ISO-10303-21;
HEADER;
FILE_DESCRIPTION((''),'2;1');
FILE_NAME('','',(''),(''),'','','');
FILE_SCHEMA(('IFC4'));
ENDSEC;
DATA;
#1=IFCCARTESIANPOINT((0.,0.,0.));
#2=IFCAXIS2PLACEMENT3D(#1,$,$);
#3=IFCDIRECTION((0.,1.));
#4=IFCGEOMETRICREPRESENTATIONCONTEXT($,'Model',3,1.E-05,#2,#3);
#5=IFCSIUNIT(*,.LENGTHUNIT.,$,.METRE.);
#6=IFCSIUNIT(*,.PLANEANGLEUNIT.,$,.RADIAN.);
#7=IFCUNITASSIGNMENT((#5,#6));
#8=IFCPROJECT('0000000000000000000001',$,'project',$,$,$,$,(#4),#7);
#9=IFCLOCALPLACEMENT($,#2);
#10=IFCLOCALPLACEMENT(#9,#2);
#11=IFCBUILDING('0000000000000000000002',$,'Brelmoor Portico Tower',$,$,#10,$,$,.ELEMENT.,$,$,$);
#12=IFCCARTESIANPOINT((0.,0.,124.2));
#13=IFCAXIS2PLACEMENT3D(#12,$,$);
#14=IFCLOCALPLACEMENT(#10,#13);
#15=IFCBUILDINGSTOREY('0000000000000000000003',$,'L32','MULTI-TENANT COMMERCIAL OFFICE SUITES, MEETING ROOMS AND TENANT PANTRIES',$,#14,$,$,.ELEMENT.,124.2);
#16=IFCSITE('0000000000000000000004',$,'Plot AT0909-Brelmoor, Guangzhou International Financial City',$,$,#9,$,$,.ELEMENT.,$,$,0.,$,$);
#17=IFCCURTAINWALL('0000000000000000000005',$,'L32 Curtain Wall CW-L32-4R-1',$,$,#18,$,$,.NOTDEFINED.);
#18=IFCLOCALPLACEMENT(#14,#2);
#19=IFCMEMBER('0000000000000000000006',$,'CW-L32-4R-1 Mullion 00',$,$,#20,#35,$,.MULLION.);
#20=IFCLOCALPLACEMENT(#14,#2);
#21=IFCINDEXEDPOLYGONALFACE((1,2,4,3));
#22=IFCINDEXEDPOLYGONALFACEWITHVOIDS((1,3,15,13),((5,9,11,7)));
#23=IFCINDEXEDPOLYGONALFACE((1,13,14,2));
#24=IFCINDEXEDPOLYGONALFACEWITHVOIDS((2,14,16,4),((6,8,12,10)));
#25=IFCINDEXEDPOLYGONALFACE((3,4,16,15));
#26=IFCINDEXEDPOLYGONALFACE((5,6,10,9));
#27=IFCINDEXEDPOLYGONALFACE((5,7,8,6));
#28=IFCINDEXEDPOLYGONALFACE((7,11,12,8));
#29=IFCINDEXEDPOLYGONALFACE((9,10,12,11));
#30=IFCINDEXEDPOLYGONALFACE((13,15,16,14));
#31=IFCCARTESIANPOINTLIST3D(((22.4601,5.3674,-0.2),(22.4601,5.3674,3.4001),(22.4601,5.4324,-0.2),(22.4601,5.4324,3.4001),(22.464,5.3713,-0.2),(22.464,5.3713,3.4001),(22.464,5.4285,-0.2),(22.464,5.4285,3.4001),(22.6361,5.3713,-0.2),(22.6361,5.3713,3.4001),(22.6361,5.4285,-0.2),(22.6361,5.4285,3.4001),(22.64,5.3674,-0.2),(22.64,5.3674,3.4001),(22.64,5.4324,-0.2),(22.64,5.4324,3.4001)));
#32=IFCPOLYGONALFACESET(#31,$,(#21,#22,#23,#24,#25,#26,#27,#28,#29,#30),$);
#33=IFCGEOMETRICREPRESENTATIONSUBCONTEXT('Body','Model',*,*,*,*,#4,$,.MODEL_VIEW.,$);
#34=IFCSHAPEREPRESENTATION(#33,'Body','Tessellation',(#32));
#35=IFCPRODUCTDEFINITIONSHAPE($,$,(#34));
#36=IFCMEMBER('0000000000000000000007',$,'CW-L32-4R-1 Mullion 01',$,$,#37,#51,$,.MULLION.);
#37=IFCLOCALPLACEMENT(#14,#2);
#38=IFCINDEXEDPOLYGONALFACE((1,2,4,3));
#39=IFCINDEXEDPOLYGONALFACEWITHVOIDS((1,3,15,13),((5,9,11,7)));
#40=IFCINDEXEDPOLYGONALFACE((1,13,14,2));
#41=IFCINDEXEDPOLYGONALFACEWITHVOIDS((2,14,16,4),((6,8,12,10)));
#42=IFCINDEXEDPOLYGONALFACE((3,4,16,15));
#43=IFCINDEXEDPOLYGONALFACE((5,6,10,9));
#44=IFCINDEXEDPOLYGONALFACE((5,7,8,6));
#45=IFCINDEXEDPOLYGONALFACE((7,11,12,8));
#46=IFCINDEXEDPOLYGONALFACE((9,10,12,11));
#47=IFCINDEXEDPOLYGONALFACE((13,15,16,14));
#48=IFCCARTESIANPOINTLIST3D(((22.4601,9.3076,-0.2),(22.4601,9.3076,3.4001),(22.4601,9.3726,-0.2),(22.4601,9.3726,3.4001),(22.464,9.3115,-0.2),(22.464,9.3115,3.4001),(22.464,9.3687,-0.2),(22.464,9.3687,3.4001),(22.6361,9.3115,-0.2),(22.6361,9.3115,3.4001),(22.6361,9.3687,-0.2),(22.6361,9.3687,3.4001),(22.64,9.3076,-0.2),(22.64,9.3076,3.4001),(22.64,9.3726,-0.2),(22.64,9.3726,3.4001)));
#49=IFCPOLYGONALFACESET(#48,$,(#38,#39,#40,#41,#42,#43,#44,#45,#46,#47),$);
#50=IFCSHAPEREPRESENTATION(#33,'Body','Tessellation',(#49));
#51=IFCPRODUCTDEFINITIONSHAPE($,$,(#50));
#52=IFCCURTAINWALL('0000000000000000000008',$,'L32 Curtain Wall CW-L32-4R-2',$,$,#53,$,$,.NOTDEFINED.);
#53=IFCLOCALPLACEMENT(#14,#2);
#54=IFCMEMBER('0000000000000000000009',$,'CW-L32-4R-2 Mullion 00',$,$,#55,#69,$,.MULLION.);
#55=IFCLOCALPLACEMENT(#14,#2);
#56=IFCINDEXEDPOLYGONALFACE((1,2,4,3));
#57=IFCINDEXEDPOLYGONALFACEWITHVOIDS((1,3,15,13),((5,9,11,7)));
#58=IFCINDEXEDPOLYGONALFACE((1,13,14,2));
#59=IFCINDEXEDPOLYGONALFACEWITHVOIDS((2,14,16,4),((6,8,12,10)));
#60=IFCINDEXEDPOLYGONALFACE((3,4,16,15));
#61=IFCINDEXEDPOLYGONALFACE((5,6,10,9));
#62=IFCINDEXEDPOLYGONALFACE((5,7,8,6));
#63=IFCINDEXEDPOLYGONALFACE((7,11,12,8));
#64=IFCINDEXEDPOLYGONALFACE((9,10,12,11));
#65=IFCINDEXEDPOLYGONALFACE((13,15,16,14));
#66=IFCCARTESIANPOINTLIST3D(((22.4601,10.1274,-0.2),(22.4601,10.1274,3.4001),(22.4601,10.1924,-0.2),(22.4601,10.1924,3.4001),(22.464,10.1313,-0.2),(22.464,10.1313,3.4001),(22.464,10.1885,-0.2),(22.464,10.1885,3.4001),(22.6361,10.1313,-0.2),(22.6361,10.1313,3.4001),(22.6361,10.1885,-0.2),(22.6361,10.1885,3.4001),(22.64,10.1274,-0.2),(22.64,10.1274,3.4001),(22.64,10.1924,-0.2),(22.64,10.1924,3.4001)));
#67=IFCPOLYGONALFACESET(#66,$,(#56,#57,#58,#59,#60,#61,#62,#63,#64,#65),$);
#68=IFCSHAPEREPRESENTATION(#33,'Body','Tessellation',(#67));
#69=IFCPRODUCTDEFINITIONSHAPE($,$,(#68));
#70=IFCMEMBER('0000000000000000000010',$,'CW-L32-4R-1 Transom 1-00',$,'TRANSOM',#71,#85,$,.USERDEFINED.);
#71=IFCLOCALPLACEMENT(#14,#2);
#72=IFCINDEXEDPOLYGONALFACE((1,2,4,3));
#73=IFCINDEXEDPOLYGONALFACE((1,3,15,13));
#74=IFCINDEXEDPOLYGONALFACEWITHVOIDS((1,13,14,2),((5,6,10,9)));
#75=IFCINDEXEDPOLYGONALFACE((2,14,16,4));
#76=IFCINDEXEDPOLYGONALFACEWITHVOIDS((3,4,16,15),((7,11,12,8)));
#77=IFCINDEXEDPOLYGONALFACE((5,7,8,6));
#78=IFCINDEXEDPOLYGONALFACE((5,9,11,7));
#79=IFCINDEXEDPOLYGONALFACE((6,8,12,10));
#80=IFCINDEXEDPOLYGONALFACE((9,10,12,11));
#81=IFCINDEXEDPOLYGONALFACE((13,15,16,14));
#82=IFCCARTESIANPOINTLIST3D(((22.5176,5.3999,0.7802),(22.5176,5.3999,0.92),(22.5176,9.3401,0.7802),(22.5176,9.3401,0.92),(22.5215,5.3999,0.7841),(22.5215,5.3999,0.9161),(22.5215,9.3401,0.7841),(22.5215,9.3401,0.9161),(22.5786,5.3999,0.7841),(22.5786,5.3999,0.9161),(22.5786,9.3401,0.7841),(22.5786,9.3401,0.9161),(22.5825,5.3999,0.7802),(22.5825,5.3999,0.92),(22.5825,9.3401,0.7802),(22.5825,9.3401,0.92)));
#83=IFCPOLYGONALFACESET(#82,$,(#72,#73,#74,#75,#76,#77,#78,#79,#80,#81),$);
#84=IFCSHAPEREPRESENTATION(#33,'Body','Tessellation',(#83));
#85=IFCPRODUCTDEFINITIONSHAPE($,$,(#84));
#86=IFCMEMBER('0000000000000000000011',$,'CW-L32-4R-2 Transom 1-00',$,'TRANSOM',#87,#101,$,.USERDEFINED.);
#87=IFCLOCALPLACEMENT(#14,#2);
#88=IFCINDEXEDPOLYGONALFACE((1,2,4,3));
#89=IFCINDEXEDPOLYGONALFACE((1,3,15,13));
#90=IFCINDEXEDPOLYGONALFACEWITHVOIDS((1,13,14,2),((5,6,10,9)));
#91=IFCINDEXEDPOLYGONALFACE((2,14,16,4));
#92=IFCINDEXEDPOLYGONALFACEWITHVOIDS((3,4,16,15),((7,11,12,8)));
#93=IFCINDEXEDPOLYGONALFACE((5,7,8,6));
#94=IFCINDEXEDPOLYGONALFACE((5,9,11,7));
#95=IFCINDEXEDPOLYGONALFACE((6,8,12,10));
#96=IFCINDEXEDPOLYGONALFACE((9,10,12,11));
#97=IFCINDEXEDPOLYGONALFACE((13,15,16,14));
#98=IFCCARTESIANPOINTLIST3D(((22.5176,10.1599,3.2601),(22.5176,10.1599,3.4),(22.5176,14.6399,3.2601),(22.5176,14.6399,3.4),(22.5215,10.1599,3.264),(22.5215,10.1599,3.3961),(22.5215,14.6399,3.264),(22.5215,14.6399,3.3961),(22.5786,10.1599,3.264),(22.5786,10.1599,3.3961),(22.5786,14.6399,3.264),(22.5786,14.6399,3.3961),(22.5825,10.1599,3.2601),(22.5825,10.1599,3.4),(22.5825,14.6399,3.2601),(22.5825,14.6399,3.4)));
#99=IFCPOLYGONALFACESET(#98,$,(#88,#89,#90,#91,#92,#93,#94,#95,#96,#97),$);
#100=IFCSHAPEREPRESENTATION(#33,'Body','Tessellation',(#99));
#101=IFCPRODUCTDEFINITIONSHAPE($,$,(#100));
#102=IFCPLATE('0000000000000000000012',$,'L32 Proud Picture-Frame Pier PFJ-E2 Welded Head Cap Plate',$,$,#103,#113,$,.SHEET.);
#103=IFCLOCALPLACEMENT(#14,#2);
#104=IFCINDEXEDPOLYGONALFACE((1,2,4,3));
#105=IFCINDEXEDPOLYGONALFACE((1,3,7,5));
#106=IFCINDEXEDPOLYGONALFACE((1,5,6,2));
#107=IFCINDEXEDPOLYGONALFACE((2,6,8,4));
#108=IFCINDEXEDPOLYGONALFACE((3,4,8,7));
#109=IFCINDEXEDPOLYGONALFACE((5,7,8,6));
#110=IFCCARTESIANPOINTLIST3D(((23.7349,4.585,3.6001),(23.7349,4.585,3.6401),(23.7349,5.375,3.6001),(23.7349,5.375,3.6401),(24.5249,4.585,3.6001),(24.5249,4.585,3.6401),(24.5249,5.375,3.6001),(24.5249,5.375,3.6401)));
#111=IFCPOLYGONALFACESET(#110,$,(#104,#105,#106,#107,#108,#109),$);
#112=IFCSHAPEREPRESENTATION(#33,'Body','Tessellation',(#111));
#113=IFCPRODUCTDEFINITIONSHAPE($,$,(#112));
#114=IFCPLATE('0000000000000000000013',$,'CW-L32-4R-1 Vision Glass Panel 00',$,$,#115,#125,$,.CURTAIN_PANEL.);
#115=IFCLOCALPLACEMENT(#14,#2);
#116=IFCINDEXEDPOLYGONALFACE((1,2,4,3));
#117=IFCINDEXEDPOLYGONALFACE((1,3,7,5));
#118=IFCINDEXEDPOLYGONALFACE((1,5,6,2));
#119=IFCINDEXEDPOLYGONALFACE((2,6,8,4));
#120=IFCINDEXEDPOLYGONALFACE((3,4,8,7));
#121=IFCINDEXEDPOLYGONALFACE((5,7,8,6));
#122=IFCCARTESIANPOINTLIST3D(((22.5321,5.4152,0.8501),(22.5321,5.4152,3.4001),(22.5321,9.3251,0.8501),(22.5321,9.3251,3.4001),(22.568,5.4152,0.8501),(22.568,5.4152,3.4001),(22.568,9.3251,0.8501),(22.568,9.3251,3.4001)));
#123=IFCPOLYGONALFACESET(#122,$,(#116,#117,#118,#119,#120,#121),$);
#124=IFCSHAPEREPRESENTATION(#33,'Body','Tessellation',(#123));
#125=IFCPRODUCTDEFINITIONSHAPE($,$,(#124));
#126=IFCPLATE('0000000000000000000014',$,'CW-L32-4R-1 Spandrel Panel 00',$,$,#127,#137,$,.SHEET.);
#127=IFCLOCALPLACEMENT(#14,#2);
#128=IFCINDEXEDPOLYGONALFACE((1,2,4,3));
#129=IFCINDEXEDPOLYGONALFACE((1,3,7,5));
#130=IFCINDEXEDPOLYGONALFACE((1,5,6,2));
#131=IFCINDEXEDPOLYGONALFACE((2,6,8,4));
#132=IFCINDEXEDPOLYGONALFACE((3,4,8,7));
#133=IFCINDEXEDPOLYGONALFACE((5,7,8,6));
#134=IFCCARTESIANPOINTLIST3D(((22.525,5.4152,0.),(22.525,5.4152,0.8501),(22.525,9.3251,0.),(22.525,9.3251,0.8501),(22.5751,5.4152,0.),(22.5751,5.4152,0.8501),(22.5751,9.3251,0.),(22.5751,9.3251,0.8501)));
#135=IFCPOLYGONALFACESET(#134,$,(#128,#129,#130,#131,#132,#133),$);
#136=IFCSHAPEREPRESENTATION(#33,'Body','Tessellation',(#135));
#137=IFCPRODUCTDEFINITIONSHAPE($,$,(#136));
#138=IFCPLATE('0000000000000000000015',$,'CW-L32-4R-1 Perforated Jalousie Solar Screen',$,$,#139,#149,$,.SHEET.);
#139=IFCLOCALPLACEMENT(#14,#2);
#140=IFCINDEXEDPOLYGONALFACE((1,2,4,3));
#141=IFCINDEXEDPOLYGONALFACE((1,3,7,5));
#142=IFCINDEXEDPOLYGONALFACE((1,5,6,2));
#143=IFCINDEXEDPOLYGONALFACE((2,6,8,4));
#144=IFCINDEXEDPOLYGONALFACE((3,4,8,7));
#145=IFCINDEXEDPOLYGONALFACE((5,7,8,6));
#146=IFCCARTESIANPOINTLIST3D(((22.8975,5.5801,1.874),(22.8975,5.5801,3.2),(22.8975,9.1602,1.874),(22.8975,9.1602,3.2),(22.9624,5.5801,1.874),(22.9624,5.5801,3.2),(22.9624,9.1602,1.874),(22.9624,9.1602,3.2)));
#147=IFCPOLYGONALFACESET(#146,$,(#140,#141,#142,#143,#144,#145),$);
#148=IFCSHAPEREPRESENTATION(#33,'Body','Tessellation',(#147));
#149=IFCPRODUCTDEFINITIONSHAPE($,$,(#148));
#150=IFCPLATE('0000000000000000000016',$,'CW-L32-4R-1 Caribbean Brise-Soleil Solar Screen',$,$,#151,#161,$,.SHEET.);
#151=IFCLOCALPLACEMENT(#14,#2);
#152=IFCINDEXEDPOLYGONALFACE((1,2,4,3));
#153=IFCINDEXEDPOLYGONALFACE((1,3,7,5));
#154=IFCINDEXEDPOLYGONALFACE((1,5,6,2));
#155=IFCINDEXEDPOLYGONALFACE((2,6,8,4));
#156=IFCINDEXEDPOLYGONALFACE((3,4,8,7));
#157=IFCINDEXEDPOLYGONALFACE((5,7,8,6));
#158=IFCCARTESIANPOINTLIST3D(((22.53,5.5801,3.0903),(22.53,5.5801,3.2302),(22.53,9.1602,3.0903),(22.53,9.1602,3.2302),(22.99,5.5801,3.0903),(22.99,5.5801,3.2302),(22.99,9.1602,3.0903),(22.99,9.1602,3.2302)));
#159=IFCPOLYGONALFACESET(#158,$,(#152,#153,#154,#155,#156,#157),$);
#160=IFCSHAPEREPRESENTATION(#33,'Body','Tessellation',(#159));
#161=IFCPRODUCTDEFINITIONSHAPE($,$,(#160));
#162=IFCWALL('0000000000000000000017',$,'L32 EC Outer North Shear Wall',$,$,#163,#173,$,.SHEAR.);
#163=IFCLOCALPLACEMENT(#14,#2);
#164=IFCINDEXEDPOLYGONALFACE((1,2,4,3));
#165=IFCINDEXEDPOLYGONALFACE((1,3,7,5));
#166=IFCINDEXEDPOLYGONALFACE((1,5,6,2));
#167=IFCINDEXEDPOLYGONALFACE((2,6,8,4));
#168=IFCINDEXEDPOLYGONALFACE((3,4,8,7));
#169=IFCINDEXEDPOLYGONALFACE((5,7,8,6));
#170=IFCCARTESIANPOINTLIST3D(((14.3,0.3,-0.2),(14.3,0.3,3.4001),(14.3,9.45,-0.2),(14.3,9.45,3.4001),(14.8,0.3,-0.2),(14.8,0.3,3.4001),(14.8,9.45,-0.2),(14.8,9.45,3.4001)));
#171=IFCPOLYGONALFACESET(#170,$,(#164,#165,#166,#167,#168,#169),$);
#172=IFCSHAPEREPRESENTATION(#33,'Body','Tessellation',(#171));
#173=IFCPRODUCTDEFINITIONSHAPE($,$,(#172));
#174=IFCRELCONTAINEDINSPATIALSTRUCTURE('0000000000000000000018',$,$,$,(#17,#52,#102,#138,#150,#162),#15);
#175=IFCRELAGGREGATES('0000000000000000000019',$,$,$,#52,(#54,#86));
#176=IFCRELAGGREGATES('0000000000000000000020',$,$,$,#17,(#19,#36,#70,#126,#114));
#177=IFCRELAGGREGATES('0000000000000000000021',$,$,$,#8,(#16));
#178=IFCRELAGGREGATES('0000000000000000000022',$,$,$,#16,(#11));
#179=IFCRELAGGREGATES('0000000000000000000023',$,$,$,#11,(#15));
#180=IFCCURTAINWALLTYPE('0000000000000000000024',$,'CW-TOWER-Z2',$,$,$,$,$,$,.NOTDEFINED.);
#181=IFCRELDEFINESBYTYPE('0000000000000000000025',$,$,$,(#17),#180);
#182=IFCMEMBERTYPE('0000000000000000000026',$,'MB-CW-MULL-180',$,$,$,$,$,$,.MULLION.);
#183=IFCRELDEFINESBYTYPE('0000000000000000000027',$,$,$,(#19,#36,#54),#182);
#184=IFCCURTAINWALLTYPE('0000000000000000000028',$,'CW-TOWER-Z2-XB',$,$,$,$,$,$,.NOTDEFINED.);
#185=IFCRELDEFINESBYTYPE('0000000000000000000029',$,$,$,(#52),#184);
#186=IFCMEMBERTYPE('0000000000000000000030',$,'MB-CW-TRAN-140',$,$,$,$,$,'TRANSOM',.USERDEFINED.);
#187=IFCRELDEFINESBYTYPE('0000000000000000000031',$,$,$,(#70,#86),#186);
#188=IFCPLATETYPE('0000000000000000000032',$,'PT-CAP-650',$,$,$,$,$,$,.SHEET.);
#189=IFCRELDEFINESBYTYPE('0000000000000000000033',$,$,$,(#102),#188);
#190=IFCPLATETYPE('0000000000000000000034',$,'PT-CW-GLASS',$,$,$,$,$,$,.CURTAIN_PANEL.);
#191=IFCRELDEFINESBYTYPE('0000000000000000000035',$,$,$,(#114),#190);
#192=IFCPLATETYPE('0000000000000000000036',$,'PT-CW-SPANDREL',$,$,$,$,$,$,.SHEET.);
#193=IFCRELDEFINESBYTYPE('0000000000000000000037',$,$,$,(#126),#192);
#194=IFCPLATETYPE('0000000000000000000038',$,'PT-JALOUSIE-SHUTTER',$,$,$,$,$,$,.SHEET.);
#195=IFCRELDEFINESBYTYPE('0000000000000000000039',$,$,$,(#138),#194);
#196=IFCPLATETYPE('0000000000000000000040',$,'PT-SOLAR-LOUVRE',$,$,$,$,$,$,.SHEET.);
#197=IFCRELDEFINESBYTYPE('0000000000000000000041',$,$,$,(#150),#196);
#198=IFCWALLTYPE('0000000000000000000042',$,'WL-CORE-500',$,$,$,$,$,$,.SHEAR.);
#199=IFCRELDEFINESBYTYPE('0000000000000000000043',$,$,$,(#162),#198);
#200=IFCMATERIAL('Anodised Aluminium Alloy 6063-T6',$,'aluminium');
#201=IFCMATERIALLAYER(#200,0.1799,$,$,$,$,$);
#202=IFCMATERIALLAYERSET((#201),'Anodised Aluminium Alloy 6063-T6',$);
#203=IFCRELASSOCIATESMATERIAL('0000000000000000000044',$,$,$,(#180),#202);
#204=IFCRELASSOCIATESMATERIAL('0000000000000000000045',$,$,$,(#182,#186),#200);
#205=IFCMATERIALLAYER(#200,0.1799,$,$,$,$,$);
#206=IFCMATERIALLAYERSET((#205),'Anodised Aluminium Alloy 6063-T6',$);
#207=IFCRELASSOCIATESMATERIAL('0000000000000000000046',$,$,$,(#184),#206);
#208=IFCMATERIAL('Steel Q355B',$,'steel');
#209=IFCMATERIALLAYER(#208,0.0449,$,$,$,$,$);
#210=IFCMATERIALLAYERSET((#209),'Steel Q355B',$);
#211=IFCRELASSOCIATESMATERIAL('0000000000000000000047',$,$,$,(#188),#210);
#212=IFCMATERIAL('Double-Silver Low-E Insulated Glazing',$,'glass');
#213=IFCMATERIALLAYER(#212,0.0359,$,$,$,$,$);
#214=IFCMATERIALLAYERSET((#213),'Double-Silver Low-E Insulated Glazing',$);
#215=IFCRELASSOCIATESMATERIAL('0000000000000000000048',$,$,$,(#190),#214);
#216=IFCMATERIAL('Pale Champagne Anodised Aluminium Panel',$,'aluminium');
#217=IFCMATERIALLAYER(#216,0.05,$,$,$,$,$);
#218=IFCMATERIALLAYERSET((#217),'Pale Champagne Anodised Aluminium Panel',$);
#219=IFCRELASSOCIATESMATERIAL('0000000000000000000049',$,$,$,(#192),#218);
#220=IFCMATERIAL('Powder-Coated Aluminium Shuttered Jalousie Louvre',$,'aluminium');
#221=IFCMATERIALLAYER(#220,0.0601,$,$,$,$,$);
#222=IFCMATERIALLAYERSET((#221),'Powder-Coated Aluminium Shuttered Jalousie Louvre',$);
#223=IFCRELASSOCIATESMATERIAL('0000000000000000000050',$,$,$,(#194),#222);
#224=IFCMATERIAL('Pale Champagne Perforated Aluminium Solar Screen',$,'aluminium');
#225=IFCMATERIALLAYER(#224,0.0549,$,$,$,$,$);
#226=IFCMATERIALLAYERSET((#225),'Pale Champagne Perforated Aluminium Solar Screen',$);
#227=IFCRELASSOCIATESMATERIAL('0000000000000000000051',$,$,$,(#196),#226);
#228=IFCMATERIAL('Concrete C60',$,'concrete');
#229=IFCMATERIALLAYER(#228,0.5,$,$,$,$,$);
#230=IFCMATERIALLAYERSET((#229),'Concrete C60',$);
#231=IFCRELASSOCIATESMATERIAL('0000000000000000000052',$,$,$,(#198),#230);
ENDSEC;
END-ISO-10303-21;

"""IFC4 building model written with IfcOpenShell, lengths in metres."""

from ifc_helpers import new_model, si_unit, direction, frame, frame_2d, origin, origin_2d, place, context, subcontext, project, spatial, rectangle, hollow_rectangle, extrude, material, layer, layer_set, material_profile, profile_set, type_object, element, aggregate, save


model = new_model("IFC4")

# Units and contexts
model_context = context("Model", 3, precision=1e-05, world=origin(), true_north=direction((0.0, 1.0)))
body_context = subcontext(model_context, "Body", "Model", "MODEL_VIEW")
ifc_project = project(units=[si_unit("LENGTHUNIT", "METRE"), si_unit("PLANEANGLEUNIT", "RADIAN")], contexts=[model_context])

# Site, building, storey
site_placement = place(None, origin())
site = spatial("IfcSite", under=ifc_project, at=site_placement, Name="Plot AT0909-Brelmoor, Guangzhou International Financial City", CompositionType="ELEMENT", RefElevation=0.0)
building_placement = place(site_placement, origin())
building = spatial("IfcBuilding", under=site, at=building_placement, Name="Brelmoor Portico Tower", CompositionType="ELEMENT")
storey_placement = place(building_placement, frame((0.0, 0.0, 124.2)))
storey = spatial("IfcBuildingStorey", under=building, at=storey_placement, Name="L32", Description="MULTI-TENANT COMMERCIAL OFFICE SUITES, MEETING ROOMS AND TENANT PANTRIES", CompositionType="ELEMENT", Elevation=124.2)

# Shared definitions
ifc_material_1 = material(Name="Steel Q355B", Category="steel")

# Curtain wall, members
ifc_material_2 = material(Name="Anodised Aluminium Alloy 6063-T6", Category="aluminium")
ifc_layer_1 = layer(ifc_material_2, 0.1799)
ifc_layer_set_1 = layer_set([ifc_layer_1], Name="Anodised Aluminium Alloy 6063-T6")
curtain_wall_type_1 = type_object("IfcCurtainWallType", Name="CW-TOWER-Z2", PredefinedType="NOTDEFINED", material=ifc_layer_set_1)
curtain_wall_1_placement = place(storey_placement, origin())
curtain_wall_1 = element("IfcCurtainWall", 1, at=curtain_wall_1_placement, inside=storey, type_object=curtain_wall_type_1, Name="L32 Curtain Wall CW-L32-4R-1", PredefinedType="NOTDEFINED")
ifc_material_profile_1 = material_profile(ifc_material_2, hollow_rectangle(XDim=0.0649, YDim=0.1799, WallThickness=0.0039, at=origin_2d()), Name="ALU MULLION 65x180")
ifc_profile_set_1 = profile_set([ifc_material_profile_1], Name="Anodised Aluminium Alloy 6063-T6")
member_type_1 = type_object("IfcMemberType", Name="MB-CW-MULL-180", PredefinedType="MULLION", material=ifc_profile_set_1)
member_1_placement = place(storey_placement, frame((22.55, 5.3999, -0.2), z_axis=(0.0, 0.0, 1.0), x_axis=(0.0, 1.0, 0.0)))
member_1 = element("IfcMember", 2, at=member_1_placement, type_object=member_type_1, Name="CW-L32-4R-1 Mullion 00", PredefinedType="MULLION", context=body_context, shape_type="SweptSolid", body=[
    extrude(hollow_rectangle(XDim=0.0649, YDim=0.1799, WallThickness=0.0039, at=origin_2d()), origin(), (0.0, 0.0, 1.0), 3.6001),
])
member_2_placement = place(storey_placement, frame((22.55, 9.3401, -0.2), z_axis=(0.0, 0.0, 1.0), x_axis=(0.0, 1.0, 0.0)))
member_2 = element("IfcMember", 3, at=member_2_placement, type_object=member_type_1, Name="CW-L32-4R-1 Mullion 01", PredefinedType="MULLION", context=body_context, shape_type="SweptSolid", body=[
    extrude(hollow_rectangle(XDim=0.0649, YDim=0.1799, WallThickness=0.0039, at=origin_2d()), origin(), (0.0, 0.0, 1.0), 3.6001),
])

# Curtain wall, member
ifc_layer_2 = layer(ifc_material_2, 0.1799)
ifc_layer_set_2 = layer_set([ifc_layer_2], Name="Anodised Aluminium Alloy 6063-T6")
curtain_wall_type_2 = type_object("IfcCurtainWallType", Name="CW-TOWER-Z2-XB", PredefinedType="NOTDEFINED", material=ifc_layer_set_2)
curtain_wall_2_placement = place(storey_placement, origin())
curtain_wall_2 = element("IfcCurtainWall", 4, at=curtain_wall_2_placement, inside=storey, type_object=curtain_wall_type_2, Name="L32 Curtain Wall CW-L32-4R-2", PredefinedType="NOTDEFINED")
member_3_placement = place(storey_placement, frame((22.55, 10.1599, -0.2), z_axis=(0.0, 0.0, 1.0), x_axis=(0.0, 1.0, 0.0)))
member_3 = element("IfcMember", 5, at=member_3_placement, type_object=member_type_1, Name="CW-L32-4R-2 Mullion 00", PredefinedType="MULLION", context=body_context, shape_type="SweptSolid", body=[
    extrude(hollow_rectangle(XDim=0.0649, YDim=0.1799, WallThickness=0.0039, at=origin_2d()), origin(), (0.0, 0.0, 1.0), 3.6001),
])

# Members
ifc_material_profile_2 = material_profile(ifc_material_2, hollow_rectangle(XDim=0.0649, YDim=0.1399, WallThickness=0.0039, at=origin_2d()), Name="ALU TRANSOM 65x140")
ifc_profile_set_2 = profile_set([ifc_material_profile_2], Name="Anodised Aluminium Alloy 6063-T6")
member_type_2 = type_object("IfcMemberType", Name="MB-CW-TRAN-140", ElementType="TRANSOM", PredefinedType="USERDEFINED", material=ifc_profile_set_2)
member_4_placement = place(storey_placement, frame((22.55, 5.3999, 0.8501), z_axis=(0.0, 1.0, 0.0), x_axis=(-1.0, 0.0, 0.0)))
member_4 = element("IfcMember", 6, at=member_4_placement, type_object=member_type_2, Name="CW-L32-4R-1 Transom 1-00", ObjectType="TRANSOM", PredefinedType="USERDEFINED", context=body_context, shape_type="SweptSolid", body=[
    extrude(hollow_rectangle(XDim=0.0649, YDim=0.1399, WallThickness=0.0039, at=origin_2d()), origin(), (0.0, 0.0, 1.0), 3.9402),
])
member_5_placement = place(storey_placement, frame((22.55, 10.1599, 3.3301), z_axis=(0.0, 1.0, 0.0), x_axis=(-1.0, 0.0, 0.0)))
member_5 = element("IfcMember", 7, at=member_5_placement, type_object=member_type_2, Name="CW-L32-4R-2 Transom 1-00", ObjectType="TRANSOM", PredefinedType="USERDEFINED", context=body_context, shape_type="SweptSolid", body=[
    extrude(hollow_rectangle(XDim=0.0649, YDim=0.1399, WallThickness=0.0039, at=origin_2d()), origin(), (0.0, 0.0, 1.0), 4.48),
])
aggregate(curtain_wall_2, [member_3, member_5])

# Plates
ifc_layer_3 = layer(ifc_material_1, 0.0449)
ifc_layer_set_3 = layer_set([ifc_layer_3], Name="Steel Q355B")
plate_type_1 = type_object("IfcPlateType", Name="PT-CAP-650", PredefinedType="SHEET", material=ifc_layer_set_3)
plate_1_placement = place(storey_placement, frame((24.1299, 4.98, 3.6001), z_axis=(0.0, 0.0, 1.0), x_axis=(0.0, 1.0, 0.0)))
element("IfcPlate", 8, at=plate_1_placement, inside=storey, type_object=plate_type_1, Name="L32 Proud Picture-Frame Pier PFJ-E2 Welded Head Cap Plate", PredefinedType="SHEET", context=body_context, shape_type="SweptSolid", body=[
    extrude(rectangle(XDim=0.79, YDim=0.79, at=origin_2d()), origin(), (0.0, 0.0, 1.0), 0.04),
])
ifc_material_3 = material(Name="Double-Silver Low-E Insulated Glazing", Category="glass")
ifc_layer_4 = layer(ifc_material_3, 0.0359)
ifc_layer_set_4 = layer_set([ifc_layer_4], Name="Double-Silver Low-E Insulated Glazing")
plate_type_2 = type_object("IfcPlateType", Name="PT-CW-GLASS", PredefinedType="CURTAIN_PANEL", material=ifc_layer_set_4)
plate_2_placement = place(storey_placement, frame((22.55, 7.3701, 0.8501), z_axis=(0.0, 0.0, 1.0), x_axis=(0.0, 1.0, 0.0)))
plate_2 = element("IfcPlate", 9, at=plate_2_placement, type_object=plate_type_2, Name="CW-L32-4R-1 Vision Glass Panel 00", PredefinedType="CURTAIN_PANEL", context=body_context, shape_type="SweptSolid", body=[
    extrude(rectangle(XDim=3.9099, YDim=0.0359, at=origin_2d()), origin(), (0.0, 0.0, 1.0), 2.55),
])
ifc_material_4 = material(Name="Pale Champagne Anodised Aluminium Panel", Category="aluminium")
ifc_layer_5 = layer(ifc_material_4, 0.05)
ifc_layer_set_5 = layer_set([ifc_layer_5], Name="Pale Champagne Anodised Aluminium Panel")
plate_type_3 = type_object("IfcPlateType", Name="PT-CW-SPANDREL", PredefinedType="SHEET", material=ifc_layer_set_5)
plate_3_placement = place(storey_placement, frame((22.55, 7.3701, 0.0), z_axis=(0.0, 0.0, 1.0), x_axis=(0.0, 1.0, 0.0)))
plate_3 = element("IfcPlate", 10, at=plate_3_placement, type_object=plate_type_3, Name="CW-L32-4R-1 Spandrel Panel 00", PredefinedType="SHEET", context=body_context, shape_type="SweptSolid", body=[
    extrude(rectangle(XDim=3.9099, YDim=0.05, at=origin_2d()), origin(), (0.0, 0.0, 1.0), 0.8501),
])
aggregate(curtain_wall_1, [member_1, member_2, member_4, plate_3, plate_2])

# Plates
ifc_material_5 = material(Name="Powder-Coated Aluminium Shuttered Jalousie Louvre", Category="aluminium")
ifc_layer_6 = layer(ifc_material_5, 0.0601)
ifc_layer_set_6 = layer_set([ifc_layer_6], Name="Powder-Coated Aluminium Shuttered Jalousie Louvre")
plate_type_4 = type_object("IfcPlateType", Name="PT-JALOUSIE-SHUTTER", PredefinedType="SHEET", material=ifc_layer_set_6)
plate_4_placement = place(storey_placement, frame((22.9299, 7.3701, 1.874), z_axis=(0.0, 0.0, 1.0), x_axis=(0.0, 1.0, 0.0)))
element("IfcPlate", 11, at=plate_4_placement, inside=storey, type_object=plate_type_4, Name="CW-L32-4R-1 Perforated Jalousie Solar Screen", PredefinedType="SHEET", context=body_context, shape_type="SweptSolid", body=[
    extrude(rectangle(XDim=3.5801, YDim=0.0649, at=origin_2d()), origin(), (0.0, 0.0, 1.0), 1.3259),
])
ifc_material_6 = material(Name="Pale Champagne Perforated Aluminium Solar Screen", Category="aluminium")
ifc_layer_7 = layer(ifc_material_6, 0.0549)
ifc_layer_set_7 = layer_set([ifc_layer_7], Name="Pale Champagne Perforated Aluminium Solar Screen")
plate_type_5 = type_object("IfcPlateType", Name="PT-SOLAR-LOUVRE", PredefinedType="SHEET", material=ifc_layer_set_7)
plate_5_placement = place(storey_placement, frame((22.76, 7.3701, 3.0903), z_axis=(0.0, 0.0, 1.0), x_axis=(0.0, 1.0, 0.0)))
element("IfcPlate", 12, at=plate_5_placement, inside=storey, type_object=plate_type_5, Name="CW-L32-4R-1 Caribbean Brise-Soleil Solar Screen", PredefinedType="SHEET", context=body_context, shape_type="SweptSolid", body=[
    extrude(rectangle(XDim=3.5801, YDim=0.46, at=origin_2d()), origin(), (0.0, 0.0, 1.0), 0.1399),
])

# Wall
ifc_material_7 = material(Name="Concrete C60", Category="concrete")
ifc_layer_8 = layer(ifc_material_7, 0.5)
ifc_layer_set_8 = layer_set([ifc_layer_8], Name="Concrete C60")
wall_type_1 = type_object("IfcWallType", Name="WL-CORE-500", PredefinedType="SHEAR", material=ifc_layer_set_8)
wall_1_placement = place(storey_placement, frame((14.55, 0.3, -0.2), z_axis=(0.0, 0.0, 1.0), x_axis=(0.0, 1.0, 0.0)))
element("IfcWall", 13, at=wall_1_placement, inside=storey, type_object=wall_type_1, Name="L32 EC Outer North Shear Wall", PredefinedType="SHEAR", context=body_context, shape_type="SweptSolid", body=[
    extrude(rectangle(XDim=9.1499, YDim=0.5, at=frame_2d((4.575, 0.0))), origin(), (0.0, 0.0, 1.0), 3.6001),
])

save(model, "model.ifc")
